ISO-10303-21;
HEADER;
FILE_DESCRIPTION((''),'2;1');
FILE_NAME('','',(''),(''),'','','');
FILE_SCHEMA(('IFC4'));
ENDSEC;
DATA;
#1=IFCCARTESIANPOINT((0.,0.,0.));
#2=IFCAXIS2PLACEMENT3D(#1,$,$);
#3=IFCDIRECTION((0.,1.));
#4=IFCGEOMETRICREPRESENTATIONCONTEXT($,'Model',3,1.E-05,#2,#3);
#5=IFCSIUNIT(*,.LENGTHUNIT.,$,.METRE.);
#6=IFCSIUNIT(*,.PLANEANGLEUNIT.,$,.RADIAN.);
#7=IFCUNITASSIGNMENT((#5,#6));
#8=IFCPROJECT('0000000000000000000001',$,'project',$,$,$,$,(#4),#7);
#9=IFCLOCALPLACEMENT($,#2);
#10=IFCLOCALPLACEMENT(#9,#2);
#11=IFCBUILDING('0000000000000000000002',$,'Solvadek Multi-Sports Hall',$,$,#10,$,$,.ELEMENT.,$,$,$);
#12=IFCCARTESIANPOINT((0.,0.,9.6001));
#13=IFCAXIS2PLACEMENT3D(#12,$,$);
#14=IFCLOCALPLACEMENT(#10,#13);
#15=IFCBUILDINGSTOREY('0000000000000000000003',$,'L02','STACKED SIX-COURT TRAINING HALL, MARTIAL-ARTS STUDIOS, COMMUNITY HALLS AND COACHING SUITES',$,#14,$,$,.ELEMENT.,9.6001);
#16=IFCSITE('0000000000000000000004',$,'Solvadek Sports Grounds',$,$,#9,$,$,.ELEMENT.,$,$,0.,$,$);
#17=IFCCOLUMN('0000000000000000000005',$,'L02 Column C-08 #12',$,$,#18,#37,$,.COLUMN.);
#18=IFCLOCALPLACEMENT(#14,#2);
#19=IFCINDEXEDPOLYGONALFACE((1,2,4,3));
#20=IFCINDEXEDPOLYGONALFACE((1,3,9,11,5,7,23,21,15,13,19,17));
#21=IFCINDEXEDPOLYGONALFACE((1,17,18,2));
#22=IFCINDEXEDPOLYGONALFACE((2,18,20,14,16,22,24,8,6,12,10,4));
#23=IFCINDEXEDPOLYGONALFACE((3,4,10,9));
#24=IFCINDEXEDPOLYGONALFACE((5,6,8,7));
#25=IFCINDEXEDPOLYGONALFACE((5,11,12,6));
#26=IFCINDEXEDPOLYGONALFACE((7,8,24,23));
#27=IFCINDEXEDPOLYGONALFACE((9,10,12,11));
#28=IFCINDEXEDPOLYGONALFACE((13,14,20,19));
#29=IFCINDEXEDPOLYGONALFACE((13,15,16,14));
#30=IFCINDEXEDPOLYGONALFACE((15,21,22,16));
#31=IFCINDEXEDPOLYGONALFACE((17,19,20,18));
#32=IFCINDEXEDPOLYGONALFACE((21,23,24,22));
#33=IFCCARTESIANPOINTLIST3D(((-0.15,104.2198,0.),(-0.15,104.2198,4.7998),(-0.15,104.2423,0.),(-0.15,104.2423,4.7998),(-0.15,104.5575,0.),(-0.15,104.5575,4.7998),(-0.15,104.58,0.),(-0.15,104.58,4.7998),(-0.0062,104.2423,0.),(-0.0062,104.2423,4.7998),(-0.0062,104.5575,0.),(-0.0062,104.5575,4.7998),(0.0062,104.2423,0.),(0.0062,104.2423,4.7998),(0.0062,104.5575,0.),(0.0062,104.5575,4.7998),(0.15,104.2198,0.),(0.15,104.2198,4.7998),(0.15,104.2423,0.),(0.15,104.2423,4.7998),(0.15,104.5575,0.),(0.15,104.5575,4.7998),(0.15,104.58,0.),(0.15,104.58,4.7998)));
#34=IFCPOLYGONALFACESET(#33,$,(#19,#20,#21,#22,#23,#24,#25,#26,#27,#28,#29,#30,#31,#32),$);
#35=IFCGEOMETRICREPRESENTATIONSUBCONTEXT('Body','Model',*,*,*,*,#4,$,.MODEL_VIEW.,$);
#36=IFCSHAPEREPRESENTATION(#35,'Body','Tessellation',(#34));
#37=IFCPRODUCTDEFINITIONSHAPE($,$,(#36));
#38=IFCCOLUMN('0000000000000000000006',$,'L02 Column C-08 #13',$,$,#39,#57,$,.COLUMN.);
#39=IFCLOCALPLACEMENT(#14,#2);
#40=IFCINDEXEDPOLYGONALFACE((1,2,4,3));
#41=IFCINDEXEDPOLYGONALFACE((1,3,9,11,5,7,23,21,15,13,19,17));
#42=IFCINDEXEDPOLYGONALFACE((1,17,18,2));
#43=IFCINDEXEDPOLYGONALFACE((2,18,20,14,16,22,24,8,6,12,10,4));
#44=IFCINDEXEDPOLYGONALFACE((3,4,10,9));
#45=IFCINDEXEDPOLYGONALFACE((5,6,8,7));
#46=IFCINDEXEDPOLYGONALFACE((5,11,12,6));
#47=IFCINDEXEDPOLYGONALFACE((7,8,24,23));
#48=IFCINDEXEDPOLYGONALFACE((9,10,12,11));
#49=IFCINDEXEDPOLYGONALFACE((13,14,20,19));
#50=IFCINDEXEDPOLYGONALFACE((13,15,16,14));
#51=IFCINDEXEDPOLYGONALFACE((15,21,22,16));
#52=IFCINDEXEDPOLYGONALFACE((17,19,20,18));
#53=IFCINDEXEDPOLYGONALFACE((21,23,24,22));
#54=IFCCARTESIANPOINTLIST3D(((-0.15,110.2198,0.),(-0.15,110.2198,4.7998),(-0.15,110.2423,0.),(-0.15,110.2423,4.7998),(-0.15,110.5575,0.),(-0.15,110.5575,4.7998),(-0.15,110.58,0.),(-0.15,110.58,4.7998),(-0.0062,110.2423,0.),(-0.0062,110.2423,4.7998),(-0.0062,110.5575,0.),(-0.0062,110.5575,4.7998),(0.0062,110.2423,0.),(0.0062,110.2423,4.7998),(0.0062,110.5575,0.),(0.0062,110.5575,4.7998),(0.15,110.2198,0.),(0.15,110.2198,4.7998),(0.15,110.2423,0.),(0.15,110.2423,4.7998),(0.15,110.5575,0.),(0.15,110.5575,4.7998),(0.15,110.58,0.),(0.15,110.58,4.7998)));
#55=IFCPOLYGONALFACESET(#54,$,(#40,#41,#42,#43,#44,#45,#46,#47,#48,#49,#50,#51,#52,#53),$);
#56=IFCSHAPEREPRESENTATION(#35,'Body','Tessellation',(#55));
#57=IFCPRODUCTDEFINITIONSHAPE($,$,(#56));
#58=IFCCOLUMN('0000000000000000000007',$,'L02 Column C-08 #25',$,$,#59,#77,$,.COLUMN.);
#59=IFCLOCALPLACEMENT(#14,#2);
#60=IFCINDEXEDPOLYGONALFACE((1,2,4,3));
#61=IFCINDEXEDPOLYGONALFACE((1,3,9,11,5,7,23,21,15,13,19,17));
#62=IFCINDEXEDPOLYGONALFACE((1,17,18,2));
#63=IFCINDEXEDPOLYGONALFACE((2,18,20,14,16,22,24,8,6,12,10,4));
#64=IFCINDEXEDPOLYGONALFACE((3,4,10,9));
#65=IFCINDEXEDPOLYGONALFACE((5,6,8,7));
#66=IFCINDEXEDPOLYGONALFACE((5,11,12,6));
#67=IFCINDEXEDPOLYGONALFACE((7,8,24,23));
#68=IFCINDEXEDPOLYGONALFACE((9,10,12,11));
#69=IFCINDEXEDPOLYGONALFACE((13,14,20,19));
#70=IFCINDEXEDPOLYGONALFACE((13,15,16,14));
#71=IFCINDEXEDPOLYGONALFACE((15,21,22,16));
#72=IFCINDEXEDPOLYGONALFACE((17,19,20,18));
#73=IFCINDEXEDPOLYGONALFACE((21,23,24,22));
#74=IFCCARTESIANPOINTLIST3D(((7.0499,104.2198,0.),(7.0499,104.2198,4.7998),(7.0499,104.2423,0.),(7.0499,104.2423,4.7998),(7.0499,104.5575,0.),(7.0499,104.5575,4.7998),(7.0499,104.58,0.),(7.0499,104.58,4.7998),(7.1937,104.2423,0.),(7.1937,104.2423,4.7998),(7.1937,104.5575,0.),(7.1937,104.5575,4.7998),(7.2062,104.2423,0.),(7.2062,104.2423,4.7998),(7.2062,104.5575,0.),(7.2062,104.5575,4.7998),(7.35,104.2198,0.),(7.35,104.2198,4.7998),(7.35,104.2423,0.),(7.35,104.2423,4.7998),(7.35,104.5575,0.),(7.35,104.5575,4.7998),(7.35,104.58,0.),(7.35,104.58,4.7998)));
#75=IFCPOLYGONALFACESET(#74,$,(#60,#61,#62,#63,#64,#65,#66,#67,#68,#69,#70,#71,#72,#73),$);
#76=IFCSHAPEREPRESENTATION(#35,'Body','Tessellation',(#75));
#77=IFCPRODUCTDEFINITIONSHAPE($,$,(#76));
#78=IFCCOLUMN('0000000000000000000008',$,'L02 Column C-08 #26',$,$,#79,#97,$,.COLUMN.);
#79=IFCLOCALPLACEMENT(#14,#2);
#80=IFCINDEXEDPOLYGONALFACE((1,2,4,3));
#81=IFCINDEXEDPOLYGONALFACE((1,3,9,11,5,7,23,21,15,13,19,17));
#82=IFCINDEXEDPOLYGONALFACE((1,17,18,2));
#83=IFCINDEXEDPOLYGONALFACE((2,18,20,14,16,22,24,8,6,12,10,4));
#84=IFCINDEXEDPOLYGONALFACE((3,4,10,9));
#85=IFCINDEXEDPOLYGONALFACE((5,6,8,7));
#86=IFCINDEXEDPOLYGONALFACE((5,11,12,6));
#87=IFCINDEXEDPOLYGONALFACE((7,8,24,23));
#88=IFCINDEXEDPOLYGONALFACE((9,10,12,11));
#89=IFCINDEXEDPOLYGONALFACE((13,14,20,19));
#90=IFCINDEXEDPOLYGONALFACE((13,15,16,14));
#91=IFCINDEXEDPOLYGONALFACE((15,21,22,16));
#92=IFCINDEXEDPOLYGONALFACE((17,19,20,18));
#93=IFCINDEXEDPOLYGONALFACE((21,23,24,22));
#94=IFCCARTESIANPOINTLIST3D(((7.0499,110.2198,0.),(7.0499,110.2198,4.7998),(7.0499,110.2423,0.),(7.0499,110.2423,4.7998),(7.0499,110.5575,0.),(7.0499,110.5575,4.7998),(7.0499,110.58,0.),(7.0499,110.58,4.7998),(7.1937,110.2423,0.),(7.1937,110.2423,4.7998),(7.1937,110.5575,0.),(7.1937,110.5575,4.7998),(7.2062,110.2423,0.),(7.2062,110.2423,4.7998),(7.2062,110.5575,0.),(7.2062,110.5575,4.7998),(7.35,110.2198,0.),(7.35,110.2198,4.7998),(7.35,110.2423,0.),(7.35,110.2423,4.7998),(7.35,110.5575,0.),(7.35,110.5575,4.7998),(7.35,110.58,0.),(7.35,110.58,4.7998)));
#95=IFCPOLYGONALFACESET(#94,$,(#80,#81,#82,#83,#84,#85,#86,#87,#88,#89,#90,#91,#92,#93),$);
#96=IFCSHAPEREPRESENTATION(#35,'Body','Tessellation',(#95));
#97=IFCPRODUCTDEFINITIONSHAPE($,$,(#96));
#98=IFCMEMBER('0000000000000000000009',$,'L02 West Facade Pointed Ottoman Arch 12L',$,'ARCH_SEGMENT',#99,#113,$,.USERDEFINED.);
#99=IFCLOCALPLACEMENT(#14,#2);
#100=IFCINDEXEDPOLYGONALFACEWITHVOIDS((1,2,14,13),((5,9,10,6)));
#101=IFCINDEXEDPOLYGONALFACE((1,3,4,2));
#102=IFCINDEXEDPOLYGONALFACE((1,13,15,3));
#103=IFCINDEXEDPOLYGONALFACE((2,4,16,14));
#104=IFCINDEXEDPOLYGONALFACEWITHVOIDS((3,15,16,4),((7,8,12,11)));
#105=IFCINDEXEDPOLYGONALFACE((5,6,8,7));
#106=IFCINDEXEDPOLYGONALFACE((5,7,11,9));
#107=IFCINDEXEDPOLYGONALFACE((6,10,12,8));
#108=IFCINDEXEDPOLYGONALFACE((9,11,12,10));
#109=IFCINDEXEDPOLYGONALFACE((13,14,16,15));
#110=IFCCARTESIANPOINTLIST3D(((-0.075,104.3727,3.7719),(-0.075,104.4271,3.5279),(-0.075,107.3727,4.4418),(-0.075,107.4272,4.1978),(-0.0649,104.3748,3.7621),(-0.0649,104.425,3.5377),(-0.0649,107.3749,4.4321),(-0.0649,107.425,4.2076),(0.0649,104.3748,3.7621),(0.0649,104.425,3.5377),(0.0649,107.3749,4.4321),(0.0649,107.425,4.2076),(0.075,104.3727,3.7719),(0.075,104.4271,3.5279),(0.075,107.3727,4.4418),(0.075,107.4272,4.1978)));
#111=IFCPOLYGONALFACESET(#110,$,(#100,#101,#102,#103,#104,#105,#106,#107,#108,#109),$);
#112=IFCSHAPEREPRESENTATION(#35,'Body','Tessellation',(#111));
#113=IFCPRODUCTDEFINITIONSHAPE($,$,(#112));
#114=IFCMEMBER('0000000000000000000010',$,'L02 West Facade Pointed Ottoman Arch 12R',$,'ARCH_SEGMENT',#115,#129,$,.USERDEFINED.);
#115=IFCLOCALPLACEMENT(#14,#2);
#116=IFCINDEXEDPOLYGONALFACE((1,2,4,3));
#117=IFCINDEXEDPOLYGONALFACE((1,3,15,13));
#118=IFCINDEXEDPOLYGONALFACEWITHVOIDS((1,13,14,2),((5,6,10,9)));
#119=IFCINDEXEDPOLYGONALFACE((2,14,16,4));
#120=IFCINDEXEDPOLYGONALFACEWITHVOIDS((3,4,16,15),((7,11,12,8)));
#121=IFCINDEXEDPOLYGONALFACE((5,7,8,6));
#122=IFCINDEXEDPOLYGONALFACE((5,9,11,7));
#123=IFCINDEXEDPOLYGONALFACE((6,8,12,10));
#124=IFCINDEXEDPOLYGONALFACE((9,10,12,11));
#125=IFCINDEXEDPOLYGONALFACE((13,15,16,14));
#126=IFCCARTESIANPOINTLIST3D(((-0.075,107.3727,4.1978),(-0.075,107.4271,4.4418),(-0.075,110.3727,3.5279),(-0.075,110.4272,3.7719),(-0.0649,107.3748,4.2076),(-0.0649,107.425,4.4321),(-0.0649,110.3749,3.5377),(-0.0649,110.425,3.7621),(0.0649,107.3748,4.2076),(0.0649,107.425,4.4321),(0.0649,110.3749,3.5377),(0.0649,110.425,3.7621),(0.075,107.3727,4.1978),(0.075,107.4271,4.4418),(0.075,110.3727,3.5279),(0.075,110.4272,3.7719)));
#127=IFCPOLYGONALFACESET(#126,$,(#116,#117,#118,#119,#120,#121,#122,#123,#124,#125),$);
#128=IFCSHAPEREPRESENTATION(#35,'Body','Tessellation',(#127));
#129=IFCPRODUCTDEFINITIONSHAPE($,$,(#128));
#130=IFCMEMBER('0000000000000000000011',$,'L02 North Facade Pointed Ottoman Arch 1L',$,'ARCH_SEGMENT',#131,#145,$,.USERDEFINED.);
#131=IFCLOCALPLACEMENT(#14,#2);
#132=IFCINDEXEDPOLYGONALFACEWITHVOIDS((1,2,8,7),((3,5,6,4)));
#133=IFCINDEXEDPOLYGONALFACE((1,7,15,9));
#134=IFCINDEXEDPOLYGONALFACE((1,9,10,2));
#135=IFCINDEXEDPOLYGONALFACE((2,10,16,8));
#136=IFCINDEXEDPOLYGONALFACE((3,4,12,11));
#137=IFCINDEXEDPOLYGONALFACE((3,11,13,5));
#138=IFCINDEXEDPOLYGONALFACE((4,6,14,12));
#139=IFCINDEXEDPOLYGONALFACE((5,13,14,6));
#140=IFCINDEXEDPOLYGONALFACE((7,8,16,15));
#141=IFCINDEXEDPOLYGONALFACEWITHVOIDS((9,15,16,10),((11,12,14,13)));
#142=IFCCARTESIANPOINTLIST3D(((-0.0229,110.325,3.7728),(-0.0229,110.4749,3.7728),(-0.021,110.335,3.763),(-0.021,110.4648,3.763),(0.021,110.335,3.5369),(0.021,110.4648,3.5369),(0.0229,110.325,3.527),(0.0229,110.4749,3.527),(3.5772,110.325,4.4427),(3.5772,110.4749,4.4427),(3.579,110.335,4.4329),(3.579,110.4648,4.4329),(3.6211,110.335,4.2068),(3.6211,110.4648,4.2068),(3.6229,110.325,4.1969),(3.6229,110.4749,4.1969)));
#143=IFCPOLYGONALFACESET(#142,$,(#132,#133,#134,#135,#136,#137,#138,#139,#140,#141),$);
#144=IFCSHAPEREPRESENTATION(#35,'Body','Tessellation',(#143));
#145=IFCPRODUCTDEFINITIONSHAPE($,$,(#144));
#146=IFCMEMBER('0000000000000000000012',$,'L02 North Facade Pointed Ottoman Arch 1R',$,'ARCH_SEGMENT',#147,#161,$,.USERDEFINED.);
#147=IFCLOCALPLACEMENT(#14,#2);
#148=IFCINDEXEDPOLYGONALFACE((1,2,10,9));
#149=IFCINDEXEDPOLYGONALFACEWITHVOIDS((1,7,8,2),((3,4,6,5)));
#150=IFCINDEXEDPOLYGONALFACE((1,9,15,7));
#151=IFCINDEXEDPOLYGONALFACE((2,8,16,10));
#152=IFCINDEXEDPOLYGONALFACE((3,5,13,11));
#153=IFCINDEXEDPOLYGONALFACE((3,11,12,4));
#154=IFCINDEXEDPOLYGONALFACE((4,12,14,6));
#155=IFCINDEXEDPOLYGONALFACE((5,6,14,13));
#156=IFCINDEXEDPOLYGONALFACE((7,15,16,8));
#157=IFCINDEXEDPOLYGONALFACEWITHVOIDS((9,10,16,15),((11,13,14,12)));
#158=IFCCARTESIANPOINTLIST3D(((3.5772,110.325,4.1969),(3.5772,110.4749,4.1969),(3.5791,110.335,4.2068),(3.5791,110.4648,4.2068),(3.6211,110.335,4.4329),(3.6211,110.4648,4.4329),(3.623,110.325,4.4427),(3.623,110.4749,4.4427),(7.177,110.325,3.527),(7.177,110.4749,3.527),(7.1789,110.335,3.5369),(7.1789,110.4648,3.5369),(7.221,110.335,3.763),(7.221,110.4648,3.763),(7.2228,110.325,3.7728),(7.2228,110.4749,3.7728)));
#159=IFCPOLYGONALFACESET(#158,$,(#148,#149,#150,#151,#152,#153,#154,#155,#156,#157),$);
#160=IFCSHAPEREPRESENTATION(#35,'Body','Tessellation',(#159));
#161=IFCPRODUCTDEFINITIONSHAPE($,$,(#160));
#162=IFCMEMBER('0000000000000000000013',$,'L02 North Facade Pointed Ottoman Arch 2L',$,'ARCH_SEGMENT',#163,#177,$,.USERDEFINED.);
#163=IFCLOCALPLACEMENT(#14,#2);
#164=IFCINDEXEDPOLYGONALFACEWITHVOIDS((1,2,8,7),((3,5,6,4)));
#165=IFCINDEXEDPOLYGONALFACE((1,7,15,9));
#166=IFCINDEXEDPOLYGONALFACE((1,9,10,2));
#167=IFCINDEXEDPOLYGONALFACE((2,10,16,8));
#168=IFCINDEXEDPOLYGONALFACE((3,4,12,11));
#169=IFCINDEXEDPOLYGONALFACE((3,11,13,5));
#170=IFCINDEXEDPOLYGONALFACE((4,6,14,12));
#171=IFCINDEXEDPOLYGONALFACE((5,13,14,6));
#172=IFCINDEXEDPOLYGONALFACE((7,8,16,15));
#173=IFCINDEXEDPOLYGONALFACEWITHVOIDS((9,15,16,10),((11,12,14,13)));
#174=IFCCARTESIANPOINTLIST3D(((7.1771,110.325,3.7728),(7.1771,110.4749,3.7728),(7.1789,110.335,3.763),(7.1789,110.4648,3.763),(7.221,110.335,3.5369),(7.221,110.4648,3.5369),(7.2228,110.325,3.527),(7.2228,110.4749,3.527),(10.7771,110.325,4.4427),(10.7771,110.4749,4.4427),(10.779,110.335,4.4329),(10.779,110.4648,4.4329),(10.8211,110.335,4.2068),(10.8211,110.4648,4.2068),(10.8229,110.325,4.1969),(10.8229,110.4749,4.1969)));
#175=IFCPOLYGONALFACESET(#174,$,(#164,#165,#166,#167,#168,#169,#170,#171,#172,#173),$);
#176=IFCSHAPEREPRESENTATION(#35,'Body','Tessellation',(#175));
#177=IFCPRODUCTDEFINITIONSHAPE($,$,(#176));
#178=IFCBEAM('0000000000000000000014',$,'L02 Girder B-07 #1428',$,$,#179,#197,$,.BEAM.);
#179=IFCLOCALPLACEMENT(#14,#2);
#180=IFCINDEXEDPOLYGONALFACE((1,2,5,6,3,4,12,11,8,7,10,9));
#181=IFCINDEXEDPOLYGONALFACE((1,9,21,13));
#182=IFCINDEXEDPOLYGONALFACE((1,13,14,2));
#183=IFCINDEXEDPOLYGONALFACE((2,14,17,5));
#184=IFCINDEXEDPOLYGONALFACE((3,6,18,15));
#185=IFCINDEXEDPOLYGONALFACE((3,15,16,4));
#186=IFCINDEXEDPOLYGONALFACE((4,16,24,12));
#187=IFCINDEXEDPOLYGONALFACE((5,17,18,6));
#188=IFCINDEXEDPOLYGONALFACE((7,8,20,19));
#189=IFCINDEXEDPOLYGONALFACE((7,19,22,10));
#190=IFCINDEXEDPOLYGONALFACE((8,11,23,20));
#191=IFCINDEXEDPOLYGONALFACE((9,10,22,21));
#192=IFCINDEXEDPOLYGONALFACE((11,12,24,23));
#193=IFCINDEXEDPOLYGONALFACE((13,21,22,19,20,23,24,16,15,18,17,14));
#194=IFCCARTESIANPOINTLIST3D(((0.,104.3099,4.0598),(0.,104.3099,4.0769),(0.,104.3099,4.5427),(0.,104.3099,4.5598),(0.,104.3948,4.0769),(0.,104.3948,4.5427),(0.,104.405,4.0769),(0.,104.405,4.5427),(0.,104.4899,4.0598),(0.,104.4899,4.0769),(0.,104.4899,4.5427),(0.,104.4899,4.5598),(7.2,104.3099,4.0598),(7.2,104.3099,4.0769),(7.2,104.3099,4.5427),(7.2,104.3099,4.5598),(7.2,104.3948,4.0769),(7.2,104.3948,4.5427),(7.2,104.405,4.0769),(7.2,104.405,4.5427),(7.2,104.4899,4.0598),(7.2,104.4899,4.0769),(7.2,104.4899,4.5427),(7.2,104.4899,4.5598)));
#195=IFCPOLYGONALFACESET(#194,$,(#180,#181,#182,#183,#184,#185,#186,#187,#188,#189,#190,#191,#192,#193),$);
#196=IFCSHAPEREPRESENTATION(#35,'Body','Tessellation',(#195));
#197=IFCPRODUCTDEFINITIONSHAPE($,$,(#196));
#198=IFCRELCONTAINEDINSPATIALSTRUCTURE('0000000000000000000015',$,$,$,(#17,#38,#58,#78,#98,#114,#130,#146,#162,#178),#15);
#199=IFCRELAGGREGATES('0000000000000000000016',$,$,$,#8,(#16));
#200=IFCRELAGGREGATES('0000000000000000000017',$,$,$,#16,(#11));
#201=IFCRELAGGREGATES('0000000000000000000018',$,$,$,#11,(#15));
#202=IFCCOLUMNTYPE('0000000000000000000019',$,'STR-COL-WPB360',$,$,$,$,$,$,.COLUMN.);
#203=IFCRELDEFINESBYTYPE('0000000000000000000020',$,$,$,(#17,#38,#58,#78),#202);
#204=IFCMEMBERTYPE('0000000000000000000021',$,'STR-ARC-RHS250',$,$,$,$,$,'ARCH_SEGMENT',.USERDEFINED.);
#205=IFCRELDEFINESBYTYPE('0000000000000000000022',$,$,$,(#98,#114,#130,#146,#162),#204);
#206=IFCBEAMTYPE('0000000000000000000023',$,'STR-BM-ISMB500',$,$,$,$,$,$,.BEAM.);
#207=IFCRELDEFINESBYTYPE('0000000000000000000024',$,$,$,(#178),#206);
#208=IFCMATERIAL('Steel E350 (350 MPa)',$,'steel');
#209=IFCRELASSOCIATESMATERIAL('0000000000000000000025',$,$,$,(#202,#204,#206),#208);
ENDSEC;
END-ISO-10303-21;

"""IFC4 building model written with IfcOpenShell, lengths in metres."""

from ifc_helpers import new_model, si_unit, direction, frame, origin, origin_2d, place, context, subcontext, project, spatial, hollow_rectangle, i_section, extrude, material, material_profile, profile_set, type_object, element, save


model = new_model("IFC4")

# Units and contexts
model_context = context("Model", 3, precision=1e-05, world=origin(), true_north=direction((0.0, 1.0)))
body_context = subcontext(model_context, "Body", "Model", "MODEL_VIEW")
ifc_project = project(units=[si_unit("LENGTHUNIT", "METRE"), si_unit("PLANEANGLEUNIT", "RADIAN")], contexts=[model_context])

# Site, building, storey
site_placement = place(None, origin())
site = spatial("IfcSite", under=ifc_project, at=site_placement, Name="Solvadek Sports Grounds", CompositionType="ELEMENT", RefElevation=0.0)
building_placement = place(site_placement, origin())
building = spatial("IfcBuilding", under=site, at=building_placement, Name="Solvadek Multi-Sports Hall", CompositionType="ELEMENT")
storey_placement = place(building_placement, frame((0.0, 0.0, 9.6001)))
storey = spatial("IfcBuildingStorey", under=building, at=storey_placement, Name="L02", Description="STACKED SIX-COURT TRAINING HALL, MARTIAL-ARTS STUDIOS, COMMUNITY HALLS AND COACHING SUITES", CompositionType="ELEMENT", Elevation=9.6001)

# Columns
ifc_material_1 = material(Name="Steel E350 (350 MPa)", Category="steel")
ifc_material_profile_1 = material_profile(ifc_material_1, i_section(OverallWidth=0.3, OverallDepth=0.3601, WebThickness=0.0125, FlangeThickness=0.0225, at=origin_2d()), Name="WPB 360")
ifc_profile_set_1 = profile_set([ifc_material_profile_1], Name="Steel E350 (350 MPa)")
column_type = type_object("IfcColumnType", Name="STR-COL-WPB360", PredefinedType="COLUMN", material=ifc_profile_set_1)
for number, where, z_axis, x_axis, name in (
    (1, (0.0, 104.3999, 0.0), (0.0, 0.0, 1.0), (1.0, 0.0, 0.0), "L02 Column C-08 #12"),
    (2, (0.0, 110.3999, 0.0), (0.0, 0.0, 1.0), (1.0, 0.0, 0.0), "L02 Column C-08 #13"),
    (3, (7.2, 104.3999, 0.0), (0.0, 0.0, 1.0), (1.0, 0.0, 0.0), "L02 Column C-08 #25"),
    (4, (7.2, 110.3999, 0.0), (0.0, 0.0, 1.0), (1.0, 0.0, 0.0), "L02 Column C-08 #26"),
):
    element("IfcColumn", number, at=place(storey_placement, frame(where, z_axis=z_axis, x_axis=x_axis)), inside=storey, type_object=column_type, Name=name, PredefinedType="COLUMN", context=body_context, shape_type="SweptSolid", body=[
        extrude(i_section(OverallWidth=0.3, OverallDepth=0.3601, WebThickness=0.0125, FlangeThickness=0.0225, at=origin_2d()), origin(), (0.0, 0.0, 1.0), 4.7998),
    ])

# Members
ifc_material_profile_2 = material_profile(ifc_material_1, hollow_rectangle(XDim=0.1499, YDim=0.25, WallThickness=0.01, at=origin_2d()), Name="RHS 250x150x10")
ifc_profile_set_2 = profile_set([ifc_material_profile_2], Name="Steel E350 (350 MPa)")
member_type = type_object("IfcMemberType", Name="STR-ARC-RHS250", ElementType="ARCH_SEGMENT", PredefinedType="USERDEFINED", material=ifc_profile_set_2)
for number, where, z_axis, x_axis, name in (
    (5, (0.0, 104.3999, 3.6499), (0.0, 0.975962, 0.217939), (-1.0, 0.0, 0.0), "L02 West Facade Pointed Ottoman Arch 12L"),
    (6, (0.0, 107.3999, 4.3198), (0.0, 0.975962, -0.217939), (-1.0, 0.0, 0.0), "L02 West Facade Pointed Ottoman Arch 12R"),
):
    element("IfcMember", number, at=place(storey_placement, frame(where, z_axis=z_axis, x_axis=x_axis)), inside=storey, type_object=member_type, Name=name, ObjectType="ARCH_SEGMENT", PredefinedType="USERDEFINED", context=body_context, shape_type="SweptSolid", body=[
        extrude(hollow_rectangle(XDim=0.1499, YDim=0.25, WallThickness=0.01, at=origin_2d()), origin(), (0.0, 0.0, 1.0), 3.074),
    ])
member_1_placement = place(storey_placement, frame((0.0, 110.3999, 3.6499), z_axis=(0.983123, 0.0, 0.182944), x_axis=(0.0, 1.0, 0.0)))
element("IfcMember", 7, at=member_1_placement, inside=storey, type_object=member_type, Name="L02 North Facade Pointed Ottoman Arch 1L", ObjectType="ARCH_SEGMENT", PredefinedType="USERDEFINED", context=body_context, shape_type="SweptSolid", body=[
    extrude(hollow_rectangle(XDim=0.1499, YDim=0.25, WallThickness=0.01, at=origin_2d()), origin(), (0.0, 0.0, 1.0), 3.6619),
])
member_2_placement = place(storey_placement, frame((3.6001, 110.3999, 4.3198), z_axis=(0.983121, 0.0, -0.182956), x_axis=(0.0, 1.0, 0.0)))
element("IfcMember", 8, at=member_2_placement, inside=storey, type_object=member_type, Name="L02 North Facade Pointed Ottoman Arch 1R", ObjectType="ARCH_SEGMENT", PredefinedType="USERDEFINED", context=body_context, shape_type="SweptSolid", body=[
    extrude(hollow_rectangle(XDim=0.1499, YDim=0.25, WallThickness=0.01, at=origin_2d()), origin(), (0.0, 0.0, 1.0), 3.6616),
])
member_3_placement = place(storey_placement, frame((7.2, 110.3999, 3.6499), z_axis=(0.983123, 0.0, 0.182944), x_axis=(0.0, 1.0, 0.0)))
element("IfcMember", 9, at=member_3_placement, inside=storey, type_object=member_type, Name="L02 North Facade Pointed Ottoman Arch 2L", ObjectType="ARCH_SEGMENT", PredefinedType="USERDEFINED", context=body_context, shape_type="SweptSolid", body=[
    extrude(hollow_rectangle(XDim=0.1499, YDim=0.25, WallThickness=0.01, at=origin_2d()), origin(), (0.0, 0.0, 1.0), 3.6619),
])

# Beam
ifc_material_profile_3 = material_profile(ifc_material_1, i_section(OverallWidth=0.1799, OverallDepth=0.5, WebThickness=0.0103, FlangeThickness=0.0171, at=origin_2d()), Name="ISMB 500")
ifc_profile_set_3 = profile_set([ifc_material_profile_3], Name="Steel E350 (350 MPa)")
beam_type_1 = type_object("IfcBeamType", Name="STR-BM-ISMB500", PredefinedType="BEAM", material=ifc_profile_set_3)
for number, where, z_axis, x_axis, name in (
    (10, (0.0, 104.3999, 4.3098), (1.0, 0.0, 0.0), (0.0, 1.0, 0.0), "L02 Girder B-07 #1428"),
):
    element("IfcBeam", number, at=place(storey_placement, frame(where, z_axis=z_axis, x_axis=x_axis)), inside=storey, type_object=beam_type_1, Name=name, PredefinedType="BEAM", context=body_context, shape_type="SweptSolid", body=[
        extrude(i_section(OverallWidth=0.1799, OverallDepth=0.5, WebThickness=0.0103, FlangeThickness=0.0171, at=origin_2d()), origin(), (0.0, 0.0, 1.0), 7.2),
    ])

save(model, "model.ifc")
